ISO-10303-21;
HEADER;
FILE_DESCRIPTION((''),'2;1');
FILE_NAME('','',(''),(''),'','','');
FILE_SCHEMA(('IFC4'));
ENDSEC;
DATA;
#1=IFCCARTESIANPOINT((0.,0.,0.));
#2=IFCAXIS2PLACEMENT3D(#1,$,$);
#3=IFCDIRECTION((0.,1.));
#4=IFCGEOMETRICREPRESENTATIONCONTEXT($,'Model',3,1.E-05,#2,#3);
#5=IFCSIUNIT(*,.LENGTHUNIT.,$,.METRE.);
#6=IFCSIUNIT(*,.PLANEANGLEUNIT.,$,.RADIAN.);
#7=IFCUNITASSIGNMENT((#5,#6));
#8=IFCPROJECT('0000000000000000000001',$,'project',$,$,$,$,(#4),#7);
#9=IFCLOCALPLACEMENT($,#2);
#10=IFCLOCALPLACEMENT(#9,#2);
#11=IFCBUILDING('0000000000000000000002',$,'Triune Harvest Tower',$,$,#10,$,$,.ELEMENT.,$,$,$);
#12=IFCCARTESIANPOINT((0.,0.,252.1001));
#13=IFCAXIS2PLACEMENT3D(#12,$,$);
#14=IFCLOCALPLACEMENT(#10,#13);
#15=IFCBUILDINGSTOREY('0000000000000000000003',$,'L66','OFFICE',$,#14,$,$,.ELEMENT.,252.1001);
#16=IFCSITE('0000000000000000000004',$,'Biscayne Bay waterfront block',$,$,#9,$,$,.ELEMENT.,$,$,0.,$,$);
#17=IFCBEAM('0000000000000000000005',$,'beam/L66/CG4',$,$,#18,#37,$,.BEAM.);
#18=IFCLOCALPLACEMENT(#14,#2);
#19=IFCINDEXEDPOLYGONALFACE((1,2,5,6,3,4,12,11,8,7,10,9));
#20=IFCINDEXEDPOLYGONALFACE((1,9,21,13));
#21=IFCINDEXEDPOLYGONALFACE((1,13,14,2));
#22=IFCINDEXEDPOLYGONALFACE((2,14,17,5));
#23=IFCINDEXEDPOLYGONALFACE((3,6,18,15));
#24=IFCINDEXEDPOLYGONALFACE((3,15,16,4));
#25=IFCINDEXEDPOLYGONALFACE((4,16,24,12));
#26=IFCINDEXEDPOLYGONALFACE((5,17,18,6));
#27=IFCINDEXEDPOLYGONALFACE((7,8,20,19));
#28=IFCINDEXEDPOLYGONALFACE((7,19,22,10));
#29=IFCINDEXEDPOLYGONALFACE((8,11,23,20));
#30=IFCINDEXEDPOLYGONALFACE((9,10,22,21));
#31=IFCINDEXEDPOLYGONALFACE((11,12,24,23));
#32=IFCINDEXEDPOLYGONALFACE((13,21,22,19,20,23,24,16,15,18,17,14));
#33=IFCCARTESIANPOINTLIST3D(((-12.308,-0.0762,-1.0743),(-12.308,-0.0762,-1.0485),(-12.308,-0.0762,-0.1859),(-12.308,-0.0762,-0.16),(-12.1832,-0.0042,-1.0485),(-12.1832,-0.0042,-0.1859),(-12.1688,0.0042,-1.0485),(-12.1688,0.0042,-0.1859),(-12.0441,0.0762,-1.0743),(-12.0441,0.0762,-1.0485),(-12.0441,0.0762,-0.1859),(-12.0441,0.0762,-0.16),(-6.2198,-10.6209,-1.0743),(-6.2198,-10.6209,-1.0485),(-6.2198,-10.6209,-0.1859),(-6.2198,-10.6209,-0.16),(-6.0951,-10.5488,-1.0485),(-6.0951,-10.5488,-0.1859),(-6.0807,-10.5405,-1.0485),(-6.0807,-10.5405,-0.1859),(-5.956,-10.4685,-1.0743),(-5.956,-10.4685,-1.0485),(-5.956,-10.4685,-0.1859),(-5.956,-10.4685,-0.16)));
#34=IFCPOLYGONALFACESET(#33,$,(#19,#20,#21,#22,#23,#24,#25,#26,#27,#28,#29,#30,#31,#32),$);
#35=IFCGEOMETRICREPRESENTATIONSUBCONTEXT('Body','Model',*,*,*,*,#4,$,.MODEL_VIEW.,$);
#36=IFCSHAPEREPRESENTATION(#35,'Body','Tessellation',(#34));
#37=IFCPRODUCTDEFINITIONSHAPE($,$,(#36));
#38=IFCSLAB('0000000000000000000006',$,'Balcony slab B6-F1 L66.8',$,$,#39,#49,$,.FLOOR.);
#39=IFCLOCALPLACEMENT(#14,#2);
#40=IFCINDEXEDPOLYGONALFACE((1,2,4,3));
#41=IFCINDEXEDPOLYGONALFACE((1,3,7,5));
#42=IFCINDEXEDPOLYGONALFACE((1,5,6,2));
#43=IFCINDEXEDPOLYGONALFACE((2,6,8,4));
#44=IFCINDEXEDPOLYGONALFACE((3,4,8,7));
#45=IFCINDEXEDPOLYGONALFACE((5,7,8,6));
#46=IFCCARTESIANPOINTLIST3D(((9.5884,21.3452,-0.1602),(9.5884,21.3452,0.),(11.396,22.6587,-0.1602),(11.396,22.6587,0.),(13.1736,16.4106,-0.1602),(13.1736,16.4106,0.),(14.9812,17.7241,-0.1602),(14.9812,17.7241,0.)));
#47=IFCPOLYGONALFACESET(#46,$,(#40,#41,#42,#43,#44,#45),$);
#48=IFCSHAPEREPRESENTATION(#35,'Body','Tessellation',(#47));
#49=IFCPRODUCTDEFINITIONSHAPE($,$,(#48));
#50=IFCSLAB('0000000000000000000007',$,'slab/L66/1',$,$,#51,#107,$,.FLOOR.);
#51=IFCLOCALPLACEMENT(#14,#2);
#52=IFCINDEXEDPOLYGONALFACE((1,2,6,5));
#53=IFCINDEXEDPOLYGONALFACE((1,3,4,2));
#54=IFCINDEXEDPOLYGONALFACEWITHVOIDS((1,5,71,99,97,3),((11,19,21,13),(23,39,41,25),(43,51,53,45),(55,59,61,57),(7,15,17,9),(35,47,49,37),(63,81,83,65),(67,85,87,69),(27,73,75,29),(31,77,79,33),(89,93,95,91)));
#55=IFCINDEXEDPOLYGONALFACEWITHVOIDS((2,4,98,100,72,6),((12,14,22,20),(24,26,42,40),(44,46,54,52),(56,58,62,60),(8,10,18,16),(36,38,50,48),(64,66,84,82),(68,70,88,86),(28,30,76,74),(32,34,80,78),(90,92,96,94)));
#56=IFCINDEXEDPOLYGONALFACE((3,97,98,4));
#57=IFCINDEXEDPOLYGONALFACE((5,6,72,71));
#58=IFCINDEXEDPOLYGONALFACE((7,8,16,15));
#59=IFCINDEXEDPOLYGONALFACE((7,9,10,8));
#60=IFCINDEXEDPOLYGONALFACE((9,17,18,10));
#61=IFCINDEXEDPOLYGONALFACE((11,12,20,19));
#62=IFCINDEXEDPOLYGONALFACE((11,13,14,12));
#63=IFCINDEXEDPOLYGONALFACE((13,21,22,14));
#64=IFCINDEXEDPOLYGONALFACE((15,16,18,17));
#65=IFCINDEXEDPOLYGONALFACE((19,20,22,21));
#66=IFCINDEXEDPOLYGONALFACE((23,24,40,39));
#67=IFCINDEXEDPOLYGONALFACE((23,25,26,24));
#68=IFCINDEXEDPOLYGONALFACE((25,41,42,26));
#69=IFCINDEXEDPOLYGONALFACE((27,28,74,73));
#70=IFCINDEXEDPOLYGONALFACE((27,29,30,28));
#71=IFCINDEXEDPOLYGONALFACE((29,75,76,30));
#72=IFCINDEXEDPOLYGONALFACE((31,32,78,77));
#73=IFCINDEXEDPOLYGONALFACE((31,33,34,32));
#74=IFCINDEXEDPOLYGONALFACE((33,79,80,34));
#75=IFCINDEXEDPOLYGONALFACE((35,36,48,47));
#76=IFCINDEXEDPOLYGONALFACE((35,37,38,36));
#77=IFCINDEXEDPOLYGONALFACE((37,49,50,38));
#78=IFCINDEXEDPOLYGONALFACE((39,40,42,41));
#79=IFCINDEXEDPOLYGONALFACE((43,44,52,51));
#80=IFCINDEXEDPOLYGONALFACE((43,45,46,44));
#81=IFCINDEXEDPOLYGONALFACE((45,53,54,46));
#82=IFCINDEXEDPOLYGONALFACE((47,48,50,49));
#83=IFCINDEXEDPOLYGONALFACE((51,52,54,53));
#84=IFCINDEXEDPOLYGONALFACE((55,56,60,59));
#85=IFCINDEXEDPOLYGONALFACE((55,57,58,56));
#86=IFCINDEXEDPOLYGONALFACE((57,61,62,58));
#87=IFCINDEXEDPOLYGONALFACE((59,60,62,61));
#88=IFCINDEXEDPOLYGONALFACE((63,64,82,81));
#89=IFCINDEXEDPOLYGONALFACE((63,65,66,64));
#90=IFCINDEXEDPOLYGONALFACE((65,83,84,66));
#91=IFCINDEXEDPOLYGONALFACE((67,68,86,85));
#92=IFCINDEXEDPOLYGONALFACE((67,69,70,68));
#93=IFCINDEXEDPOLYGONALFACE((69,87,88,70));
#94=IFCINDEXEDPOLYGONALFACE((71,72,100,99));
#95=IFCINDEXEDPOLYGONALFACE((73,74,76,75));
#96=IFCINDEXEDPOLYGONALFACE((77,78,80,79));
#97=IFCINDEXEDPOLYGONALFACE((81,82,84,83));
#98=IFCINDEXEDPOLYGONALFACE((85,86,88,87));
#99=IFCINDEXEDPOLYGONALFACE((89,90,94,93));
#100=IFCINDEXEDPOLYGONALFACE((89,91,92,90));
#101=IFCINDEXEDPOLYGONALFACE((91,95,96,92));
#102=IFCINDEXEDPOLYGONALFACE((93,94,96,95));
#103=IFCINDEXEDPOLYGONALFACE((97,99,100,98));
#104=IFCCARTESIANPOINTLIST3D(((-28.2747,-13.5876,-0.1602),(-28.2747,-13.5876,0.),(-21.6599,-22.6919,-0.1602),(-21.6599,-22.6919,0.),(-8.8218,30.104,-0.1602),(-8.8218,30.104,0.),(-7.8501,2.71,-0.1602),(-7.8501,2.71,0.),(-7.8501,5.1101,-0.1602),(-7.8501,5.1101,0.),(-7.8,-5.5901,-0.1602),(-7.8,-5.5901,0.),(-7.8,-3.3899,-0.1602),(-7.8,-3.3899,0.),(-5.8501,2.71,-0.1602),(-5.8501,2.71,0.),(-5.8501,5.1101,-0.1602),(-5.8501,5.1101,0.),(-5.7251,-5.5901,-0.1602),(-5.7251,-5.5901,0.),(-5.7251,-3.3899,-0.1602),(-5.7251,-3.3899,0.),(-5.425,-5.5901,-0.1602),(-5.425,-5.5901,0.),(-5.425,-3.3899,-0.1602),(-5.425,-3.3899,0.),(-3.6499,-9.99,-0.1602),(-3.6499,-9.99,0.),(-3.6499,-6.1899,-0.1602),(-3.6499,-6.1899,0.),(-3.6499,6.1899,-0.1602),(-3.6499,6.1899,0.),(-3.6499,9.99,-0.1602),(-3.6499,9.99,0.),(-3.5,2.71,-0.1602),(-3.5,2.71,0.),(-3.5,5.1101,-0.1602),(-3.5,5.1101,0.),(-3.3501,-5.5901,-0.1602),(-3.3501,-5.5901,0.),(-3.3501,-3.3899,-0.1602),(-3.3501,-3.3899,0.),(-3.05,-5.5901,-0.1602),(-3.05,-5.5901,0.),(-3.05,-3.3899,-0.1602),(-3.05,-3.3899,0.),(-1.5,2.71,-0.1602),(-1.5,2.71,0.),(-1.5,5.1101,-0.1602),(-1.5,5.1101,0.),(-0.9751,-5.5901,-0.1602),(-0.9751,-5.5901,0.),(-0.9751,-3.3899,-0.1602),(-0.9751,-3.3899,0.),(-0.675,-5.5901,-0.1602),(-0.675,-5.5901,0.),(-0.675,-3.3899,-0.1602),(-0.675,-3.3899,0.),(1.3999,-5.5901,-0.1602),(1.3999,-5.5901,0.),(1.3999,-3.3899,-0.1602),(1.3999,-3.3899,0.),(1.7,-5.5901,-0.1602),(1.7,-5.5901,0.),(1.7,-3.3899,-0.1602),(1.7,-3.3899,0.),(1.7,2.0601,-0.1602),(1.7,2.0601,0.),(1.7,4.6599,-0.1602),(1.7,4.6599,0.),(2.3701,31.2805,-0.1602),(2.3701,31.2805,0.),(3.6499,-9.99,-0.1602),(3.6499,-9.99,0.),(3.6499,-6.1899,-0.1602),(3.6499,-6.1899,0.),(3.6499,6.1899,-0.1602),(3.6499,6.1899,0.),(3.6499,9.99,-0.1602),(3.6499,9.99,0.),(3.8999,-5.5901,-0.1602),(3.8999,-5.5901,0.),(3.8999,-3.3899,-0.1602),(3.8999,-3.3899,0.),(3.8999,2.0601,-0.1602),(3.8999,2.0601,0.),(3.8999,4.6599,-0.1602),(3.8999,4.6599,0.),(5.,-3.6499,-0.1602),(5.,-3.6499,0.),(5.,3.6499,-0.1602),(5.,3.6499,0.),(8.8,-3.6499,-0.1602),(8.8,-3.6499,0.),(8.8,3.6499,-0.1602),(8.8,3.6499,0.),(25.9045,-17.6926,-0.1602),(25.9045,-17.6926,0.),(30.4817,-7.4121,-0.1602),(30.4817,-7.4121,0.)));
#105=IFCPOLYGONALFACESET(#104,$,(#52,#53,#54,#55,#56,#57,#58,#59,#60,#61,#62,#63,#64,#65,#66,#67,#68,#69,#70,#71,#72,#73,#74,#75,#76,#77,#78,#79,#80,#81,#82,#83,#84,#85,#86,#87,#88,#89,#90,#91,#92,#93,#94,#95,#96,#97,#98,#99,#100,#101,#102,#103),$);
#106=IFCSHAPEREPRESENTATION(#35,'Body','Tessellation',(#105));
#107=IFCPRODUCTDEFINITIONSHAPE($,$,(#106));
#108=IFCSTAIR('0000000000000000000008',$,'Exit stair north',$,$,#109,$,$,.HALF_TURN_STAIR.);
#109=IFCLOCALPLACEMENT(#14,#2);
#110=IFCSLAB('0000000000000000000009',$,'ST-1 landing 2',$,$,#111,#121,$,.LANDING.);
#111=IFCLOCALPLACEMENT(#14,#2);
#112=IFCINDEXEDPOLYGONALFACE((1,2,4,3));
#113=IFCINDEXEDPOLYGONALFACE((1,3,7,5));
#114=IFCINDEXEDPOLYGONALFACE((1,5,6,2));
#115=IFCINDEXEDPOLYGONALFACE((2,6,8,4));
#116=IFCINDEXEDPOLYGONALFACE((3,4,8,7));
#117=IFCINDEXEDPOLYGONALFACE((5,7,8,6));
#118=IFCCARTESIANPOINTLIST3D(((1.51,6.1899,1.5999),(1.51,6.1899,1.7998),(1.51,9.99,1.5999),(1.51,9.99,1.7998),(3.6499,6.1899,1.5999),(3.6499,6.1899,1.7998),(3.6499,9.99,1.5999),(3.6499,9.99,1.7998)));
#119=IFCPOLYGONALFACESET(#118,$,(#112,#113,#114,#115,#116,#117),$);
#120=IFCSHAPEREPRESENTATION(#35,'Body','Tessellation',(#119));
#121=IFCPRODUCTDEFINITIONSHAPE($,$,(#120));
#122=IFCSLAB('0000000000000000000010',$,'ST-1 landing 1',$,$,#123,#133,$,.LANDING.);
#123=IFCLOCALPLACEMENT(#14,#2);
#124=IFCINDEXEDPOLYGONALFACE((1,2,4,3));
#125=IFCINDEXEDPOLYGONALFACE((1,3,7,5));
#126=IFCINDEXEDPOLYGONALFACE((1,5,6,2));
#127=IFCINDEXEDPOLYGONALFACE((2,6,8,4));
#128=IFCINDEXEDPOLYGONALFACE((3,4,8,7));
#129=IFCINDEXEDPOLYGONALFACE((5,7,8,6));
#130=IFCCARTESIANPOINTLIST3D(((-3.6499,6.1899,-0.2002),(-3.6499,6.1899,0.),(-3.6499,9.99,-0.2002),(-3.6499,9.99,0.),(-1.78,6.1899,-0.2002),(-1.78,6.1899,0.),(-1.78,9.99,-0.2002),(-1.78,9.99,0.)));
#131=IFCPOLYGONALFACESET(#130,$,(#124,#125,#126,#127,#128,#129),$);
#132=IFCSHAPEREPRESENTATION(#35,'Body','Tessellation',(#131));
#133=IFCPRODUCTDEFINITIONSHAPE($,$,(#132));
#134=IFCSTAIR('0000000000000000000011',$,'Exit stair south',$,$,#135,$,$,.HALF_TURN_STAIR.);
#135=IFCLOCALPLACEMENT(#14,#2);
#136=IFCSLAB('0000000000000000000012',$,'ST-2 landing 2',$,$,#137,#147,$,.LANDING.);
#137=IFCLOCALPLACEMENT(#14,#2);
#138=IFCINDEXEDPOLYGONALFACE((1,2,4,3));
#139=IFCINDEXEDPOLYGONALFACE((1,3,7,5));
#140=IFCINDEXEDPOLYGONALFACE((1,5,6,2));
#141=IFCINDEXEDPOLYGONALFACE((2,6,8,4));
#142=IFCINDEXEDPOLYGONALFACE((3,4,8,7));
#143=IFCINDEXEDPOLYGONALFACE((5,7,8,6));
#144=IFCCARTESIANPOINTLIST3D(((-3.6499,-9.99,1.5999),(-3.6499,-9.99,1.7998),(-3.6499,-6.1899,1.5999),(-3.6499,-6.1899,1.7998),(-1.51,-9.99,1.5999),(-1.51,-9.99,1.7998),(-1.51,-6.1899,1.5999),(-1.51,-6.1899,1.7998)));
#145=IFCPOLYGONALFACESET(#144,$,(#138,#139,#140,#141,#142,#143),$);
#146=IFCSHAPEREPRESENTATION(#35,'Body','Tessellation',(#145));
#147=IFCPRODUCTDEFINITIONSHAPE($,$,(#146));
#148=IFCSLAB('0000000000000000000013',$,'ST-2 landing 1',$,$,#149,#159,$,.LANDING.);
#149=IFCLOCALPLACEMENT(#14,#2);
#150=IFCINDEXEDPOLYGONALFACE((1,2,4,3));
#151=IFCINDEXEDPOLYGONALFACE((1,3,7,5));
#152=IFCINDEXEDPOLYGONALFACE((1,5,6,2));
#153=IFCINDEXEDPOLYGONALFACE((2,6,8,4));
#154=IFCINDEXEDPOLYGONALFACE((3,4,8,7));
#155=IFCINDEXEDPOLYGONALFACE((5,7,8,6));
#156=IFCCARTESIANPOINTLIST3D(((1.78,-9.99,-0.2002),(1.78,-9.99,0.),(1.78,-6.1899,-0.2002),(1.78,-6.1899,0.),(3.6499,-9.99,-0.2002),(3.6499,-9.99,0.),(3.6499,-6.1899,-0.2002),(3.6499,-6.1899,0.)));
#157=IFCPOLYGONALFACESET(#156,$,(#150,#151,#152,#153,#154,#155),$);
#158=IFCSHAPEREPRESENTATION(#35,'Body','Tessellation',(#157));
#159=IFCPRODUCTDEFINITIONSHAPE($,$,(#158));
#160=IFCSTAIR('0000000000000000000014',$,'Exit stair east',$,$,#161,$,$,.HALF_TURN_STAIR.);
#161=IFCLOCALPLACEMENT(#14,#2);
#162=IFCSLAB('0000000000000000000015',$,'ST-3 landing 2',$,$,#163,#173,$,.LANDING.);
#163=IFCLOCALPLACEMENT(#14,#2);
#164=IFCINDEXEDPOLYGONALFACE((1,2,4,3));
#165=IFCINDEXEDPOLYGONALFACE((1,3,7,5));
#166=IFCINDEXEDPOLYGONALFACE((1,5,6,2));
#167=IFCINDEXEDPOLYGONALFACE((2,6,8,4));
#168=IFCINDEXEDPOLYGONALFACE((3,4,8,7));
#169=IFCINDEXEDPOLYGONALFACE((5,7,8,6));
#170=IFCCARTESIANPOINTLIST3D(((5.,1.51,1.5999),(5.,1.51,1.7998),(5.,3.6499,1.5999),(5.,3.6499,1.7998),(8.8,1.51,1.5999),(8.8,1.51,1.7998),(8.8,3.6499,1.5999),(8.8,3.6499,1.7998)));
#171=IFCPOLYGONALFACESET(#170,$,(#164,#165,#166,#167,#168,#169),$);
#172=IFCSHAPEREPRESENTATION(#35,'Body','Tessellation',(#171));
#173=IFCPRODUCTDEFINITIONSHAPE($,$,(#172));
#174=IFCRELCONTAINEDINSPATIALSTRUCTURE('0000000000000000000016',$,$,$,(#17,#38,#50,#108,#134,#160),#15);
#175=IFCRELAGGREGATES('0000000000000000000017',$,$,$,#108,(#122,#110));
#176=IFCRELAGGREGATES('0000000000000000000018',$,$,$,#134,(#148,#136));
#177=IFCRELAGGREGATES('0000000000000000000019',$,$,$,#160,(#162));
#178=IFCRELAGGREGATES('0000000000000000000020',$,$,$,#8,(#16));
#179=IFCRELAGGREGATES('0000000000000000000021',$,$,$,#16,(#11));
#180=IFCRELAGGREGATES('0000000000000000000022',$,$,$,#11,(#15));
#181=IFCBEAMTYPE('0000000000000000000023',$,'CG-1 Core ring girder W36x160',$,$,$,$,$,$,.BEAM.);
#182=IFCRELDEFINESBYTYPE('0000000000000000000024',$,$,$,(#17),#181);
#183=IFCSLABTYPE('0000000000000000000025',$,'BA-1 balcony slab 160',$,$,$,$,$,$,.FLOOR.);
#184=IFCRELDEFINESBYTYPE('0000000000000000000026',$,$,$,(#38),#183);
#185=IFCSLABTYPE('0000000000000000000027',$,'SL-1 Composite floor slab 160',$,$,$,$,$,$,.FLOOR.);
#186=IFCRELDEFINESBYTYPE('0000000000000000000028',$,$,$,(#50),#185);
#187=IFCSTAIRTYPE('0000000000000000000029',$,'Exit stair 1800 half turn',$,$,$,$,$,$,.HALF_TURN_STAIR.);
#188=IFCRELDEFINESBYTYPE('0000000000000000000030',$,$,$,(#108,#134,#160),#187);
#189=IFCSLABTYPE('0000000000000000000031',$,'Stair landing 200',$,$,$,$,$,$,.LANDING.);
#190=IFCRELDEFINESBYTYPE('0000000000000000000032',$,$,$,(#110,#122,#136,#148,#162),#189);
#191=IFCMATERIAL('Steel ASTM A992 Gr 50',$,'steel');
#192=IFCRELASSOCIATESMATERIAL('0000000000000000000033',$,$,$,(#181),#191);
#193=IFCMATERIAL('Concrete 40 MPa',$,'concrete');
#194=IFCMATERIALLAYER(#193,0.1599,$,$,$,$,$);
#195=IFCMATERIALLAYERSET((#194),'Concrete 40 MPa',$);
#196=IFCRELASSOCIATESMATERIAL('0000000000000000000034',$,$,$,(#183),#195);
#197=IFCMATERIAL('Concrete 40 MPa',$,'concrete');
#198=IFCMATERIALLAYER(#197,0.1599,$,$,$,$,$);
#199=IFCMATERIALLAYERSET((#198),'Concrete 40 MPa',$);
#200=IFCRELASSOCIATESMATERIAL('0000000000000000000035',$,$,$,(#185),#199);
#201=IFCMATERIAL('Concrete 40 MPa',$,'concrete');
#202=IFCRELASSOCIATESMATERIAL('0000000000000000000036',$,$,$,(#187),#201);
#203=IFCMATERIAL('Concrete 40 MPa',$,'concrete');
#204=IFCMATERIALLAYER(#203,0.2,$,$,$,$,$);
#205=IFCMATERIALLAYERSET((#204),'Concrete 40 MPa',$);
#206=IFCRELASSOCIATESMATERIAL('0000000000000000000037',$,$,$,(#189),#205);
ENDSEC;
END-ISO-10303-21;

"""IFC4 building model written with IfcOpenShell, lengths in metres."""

from ifc_helpers import new_model, si_unit, direction, frame, origin, origin_2d, place, context, subcontext, project, spatial, polyline, i_section, outline, extrude, source, transform, mapped, material, layer, layer_set, material_profile, profile_set, type_object, element, aggregate, save


model = new_model("IFC4")

# Units and contexts
model_context = context("Model", 3, precision=1e-05, world=origin(), true_north=direction((0.0, 1.0)))
body_context = subcontext(model_context, "Body", "Model", "MODEL_VIEW")
ifc_project = project(units=[si_unit("LENGTHUNIT", "METRE"), si_unit("PLANEANGLEUNIT", "RADIAN")], contexts=[model_context])

# Site, building, storey
site_placement = place(None, origin())
site = spatial("IfcSite", under=ifc_project, at=site_placement, Name="Biscayne Bay waterfront block", CompositionType="ELEMENT", RefElevation=0.0)
building_placement = place(site_placement, origin())
building = spatial("IfcBuilding", under=site, at=building_placement, Name="Triune Harvest Tower", CompositionType="ELEMENT")
storey_placement = place(building_placement, frame((0.0, 0.0, 252.1001)))
storey = spatial("IfcBuildingStorey", under=building, at=storey_placement, Name="L66", Description="OFFICE", CompositionType="ELEMENT", Elevation=252.1001)

# Beam
ifc_material_1 = material(Name="Steel ASTM A992 Gr 50", Category="steel")
ifc_material_profile = material_profile(ifc_material_1, i_section(OverallWidth=0.3047, OverallDepth=0.9143, WebThickness=0.0166, FlangeThickness=0.0259, at=origin_2d()), Name="W36x160")
ifc_profile_set = profile_set([ifc_material_profile], Name="Steel ASTM A992 Gr 50")
beam_type = type_object("IfcBeamType", Name="CG-1 Core ring girder W36x160", PredefinedType="BEAM", material=ifc_profile_set)
shared_shape_1 = source(origin(), body_context, "Body", "SweptSolid", [
    extrude(i_section(OverallWidth=0.3047, OverallDepth=0.9143, WebThickness=0.0166, FlangeThickness=0.0259, at=origin_2d()), origin(), (0.0, 0.0, 1.0), 12.176),
])
beam_placement = place(storey_placement, frame((-12.176, 0.0, -0.6172), z_axis=(0.50001, -0.86602, 0.0), x_axis=(0.86602, 0.50001, 0.0)))
element("IfcBeam", 1, at=beam_placement, inside=storey, type_object=beam_type, Name="beam/L66/CG4", PredefinedType="BEAM", context=body_context, shape_type="MappedRepresentation", body=[
    mapped(shared_shape_1, transform((0.0, 0.0, 0.0), scale=1.0)),
])

# Slabs
ifc_material_2 = material(Name="Concrete 40 MPa", Category="concrete")
ifc_layer_1 = layer(ifc_material_2, 0.1599)
ifc_layer_set_1 = layer_set([ifc_layer_1], Name="Concrete 40 MPa")
slab_type_1 = type_object("IfcSlabType", Name="BA-1 balcony slab 160", PredefinedType="FLOOR", material=ifc_layer_set_1)
slab_1_placement = place(storey_placement, frame((0.0, 0.0, -0.1602)))
element("IfcSlab", 2, at=slab_1_placement, inside=storey, type_object=slab_type_1, Name="Balcony slab B6-F1 L66.8", PredefinedType="FLOOR", context=body_context, shape_type="SweptSolid", body=[
    extrude(outline(polyline([(13.1736, 16.4106), (9.5884, 21.3452), (11.396, 22.6587), (14.9812, 17.7241), (13.1736, 16.4106)])), origin(), (0.0, 0.0, 1.0), 0.1602),
])
ifc_material_3 = material(Name="Concrete 40 MPa", Category="concrete")
ifc_layer_2 = layer(ifc_material_3, 0.1599)
ifc_layer_set_2 = layer_set([ifc_layer_2], Name="Concrete 40 MPa")
slab_type_2 = type_object("IfcSlabType", Name="SL-1 Composite floor slab 160", PredefinedType="FLOOR", material=ifc_layer_set_2)
shared_shape_2 = source(origin(), body_context, "Body", "SweptSolid", [
    extrude(outline(polyline([(30.4817, -7.4121), (2.3701, 31.2805), (-8.8218, 30.104), (-28.2747, -13.5876), (-21.6599, -22.6919), (25.9045, -17.6926), (30.4817, -7.4121)]), holes=[polyline([(-5.7251, -5.5901), (-5.7251, -3.3899), (-7.8, -3.3899), (-7.8, -5.5901), (-5.7251, -5.5901)]), polyline([(-3.3501, -5.5901), (-3.3501, -3.3899), (-5.425, -3.3899), (-5.425, -5.5901), (-3.3501, -5.5901)]), polyline([(-0.9751, -5.5901), (-0.9751, -3.3899), (-3.05, -3.3899), (-3.05, -5.5901), (-0.9751, -5.5901)]), polyline([(1.3999, -5.5901), (1.3999, -3.3899), (-0.675, -3.3899), (-0.675, -5.5901), (1.3999, -5.5901)]), polyline([(3.8999, 2.0601), (3.8999, 4.6599), (1.7, 4.6599), (1.7, 2.0601), (3.8999, 2.0601)]), polyline([(3.8999, -5.5901), (3.8999, -3.3899), (1.7, -3.3899), (1.7, -5.5901), (3.8999, -5.5901)]), polyline([(-5.8501, 2.71), (-5.8501, 5.1101), (-7.8501, 5.1101), (-7.8501, 2.71), (-5.8501, 2.71)]), polyline([(-1.5, 2.71), (-1.5, 5.1101), (-3.5, 5.1101), (-3.5, 2.71), (-1.5, 2.71)]), polyline([(3.6499, 6.1899), (3.6499, 9.99), (-3.6499, 9.99), (-3.6499, 6.1899), (3.6499, 6.1899)]), polyline([(3.6499, -9.99), (3.6499, -6.1899), (-3.6499, -6.1899), (-3.6499, -9.99), (3.6499, -9.99)]), polyline([(8.8, -3.6499), (8.8, 3.6499), (5.0, 3.6499), (5.0, -3.6499), (8.8, -3.6499)])]), origin(), (0.0, 0.0, 1.0), 0.1602),
])
slab_2_placement = place(storey_placement, frame((0.0, 0.0, -0.1602)))
element("IfcSlab", 3, at=slab_2_placement, inside=storey, type_object=slab_type_2, Name="slab/L66/1", PredefinedType="FLOOR", context=body_context, shape_type="MappedRepresentation", body=[
    mapped(shared_shape_2, transform((0.0, 0.0, 0.0), scale=1.0)),
])

# Stairs, slabs
ifc_material_4 = material(Name="Concrete 40 MPa", Category="concrete")
stair_type = type_object("IfcStairType", Name="Exit stair 1800 half turn", PredefinedType="HALF_TURN_STAIR", material=ifc_material_4)
stair_1_placement = place(storey_placement, origin())
stair_1 = element("IfcStair", 4, at=stair_1_placement, inside=storey, type_object=stair_type, Name="Exit stair north", PredefinedType="HALF_TURN_STAIR")
ifc_material_5 = material(Name="Concrete 40 MPa", Category="concrete")
ifc_layer_3 = layer(ifc_material_5, 0.2)
ifc_layer_set_3 = layer_set([ifc_layer_3], Name="Concrete 40 MPa")
slab_type_3 = type_object("IfcSlabType", Name="Stair landing 200", PredefinedType="LANDING", material=ifc_layer_set_3)
shared_shape_3 = source(origin(), body_context, "Body", "SweptSolid", [
    extrude(outline(polyline([(1.51, 6.1899), (3.6499, 6.1899), (3.6499, 9.99), (1.51, 9.99), (1.51, 6.1899)])), origin(), (0.0, 0.0, 1.0), 0.2),
])
slab_3_placement = place(storey_placement, frame((0.0, 0.0, 1.5999)))
slab_3 = element("IfcSlab", 5, at=slab_3_placement, type_object=slab_type_3, Name="ST-1 landing 2", PredefinedType="LANDING", context=body_context, shape_type="MappedRepresentation", body=[
    mapped(shared_shape_3, transform((0.0, 0.0, 0.0), scale=1.0)),
])
shared_shape_4 = source(origin(), body_context, "Body", "SweptSolid", [
    extrude(outline(polyline([(-3.6499, 6.1899), (-1.78, 6.1899), (-1.78, 9.99), (-3.6499, 9.99), (-3.6499, 6.1899)])), origin(), (0.0, 0.0, 1.0), 0.2002),
])
slab_4_placement = place(storey_placement, frame((0.0, 0.0, -0.2002)))
slab_4 = element("IfcSlab", 6, at=slab_4_placement, type_object=slab_type_3, Name="ST-1 landing 1", PredefinedType="LANDING", context=body_context, shape_type="MappedRepresentation", body=[
    mapped(shared_shape_4, transform((0.0, 0.0, 0.0), scale=1.0)),
])
aggregate(stair_1, [slab_4, slab_3])
stair_2_placement = place(storey_placement, origin())
stair_2 = element("IfcStair", 7, at=stair_2_placement, inside=storey, type_object=stair_type, Name="Exit stair south", PredefinedType="HALF_TURN_STAIR")
shared_shape_5 = source(origin(), body_context, "Body", "SweptSolid", [
    extrude(outline(polyline([(-1.51, -6.1899), (-3.6499, -6.1899), (-3.6499, -9.99), (-1.51, -9.99), (-1.51, -6.1899)])), origin(), (0.0, 0.0, 1.0), 0.2),
])
slab_5_placement = place(storey_placement, frame((0.0, 0.0, 1.5999)))
slab_5 = element("IfcSlab", 8, at=slab_5_placement, type_object=slab_type_3, Name="ST-2 landing 2", PredefinedType="LANDING", context=body_context, shape_type="MappedRepresentation", body=[
    mapped(shared_shape_5, transform((0.0, 0.0, 0.0), scale=1.0)),
])
shared_shape_6 = source(origin(), body_context, "Body", "SweptSolid", [
    extrude(outline(polyline([(3.6499, -6.1899), (1.78, -6.1899), (1.78, -9.99), (3.6499, -9.99), (3.6499, -6.1899)])), origin(), (0.0, 0.0, 1.0), 0.2002),
])
slab_6_placement = place(storey_placement, frame((0.0, 0.0, -0.2002)))
slab_6 = element("IfcSlab", 9, at=slab_6_placement, type_object=slab_type_3, Name="ST-2 landing 1", PredefinedType="LANDING", context=body_context, shape_type="MappedRepresentation", body=[
    mapped(shared_shape_6, transform((0.0, 0.0, 0.0), scale=1.0)),
])
aggregate(stair_2, [slab_6, slab_5])
stair_3_placement = place(storey_placement, origin())
stair_3 = element("IfcStair", 10, at=stair_3_placement, inside=storey, type_object=stair_type, Name="Exit stair east", PredefinedType="HALF_TURN_STAIR")
shared_shape_7 = source(origin(), body_context, "Body", "SweptSolid", [
    extrude(outline(polyline([(8.8, 1.51), (8.8, 3.6499), (5.0, 3.6499), (5.0, 1.51), (8.8, 1.51)])), origin(), (0.0, 0.0, 1.0), 0.2),
])
slab_7_placement = place(storey_placement, frame((0.0, 0.0, 1.5999)))
slab_7 = element("IfcSlab", 11, at=slab_7_placement, type_object=slab_type_3, Name="ST-3 landing 2", PredefinedType="LANDING", context=body_context, shape_type="MappedRepresentation", body=[
    mapped(shared_shape_7, transform((0.0, 0.0, 0.0), scale=1.0)),
])
aggregate(stair_3, [slab_7])

save(model, "model.ifc")
